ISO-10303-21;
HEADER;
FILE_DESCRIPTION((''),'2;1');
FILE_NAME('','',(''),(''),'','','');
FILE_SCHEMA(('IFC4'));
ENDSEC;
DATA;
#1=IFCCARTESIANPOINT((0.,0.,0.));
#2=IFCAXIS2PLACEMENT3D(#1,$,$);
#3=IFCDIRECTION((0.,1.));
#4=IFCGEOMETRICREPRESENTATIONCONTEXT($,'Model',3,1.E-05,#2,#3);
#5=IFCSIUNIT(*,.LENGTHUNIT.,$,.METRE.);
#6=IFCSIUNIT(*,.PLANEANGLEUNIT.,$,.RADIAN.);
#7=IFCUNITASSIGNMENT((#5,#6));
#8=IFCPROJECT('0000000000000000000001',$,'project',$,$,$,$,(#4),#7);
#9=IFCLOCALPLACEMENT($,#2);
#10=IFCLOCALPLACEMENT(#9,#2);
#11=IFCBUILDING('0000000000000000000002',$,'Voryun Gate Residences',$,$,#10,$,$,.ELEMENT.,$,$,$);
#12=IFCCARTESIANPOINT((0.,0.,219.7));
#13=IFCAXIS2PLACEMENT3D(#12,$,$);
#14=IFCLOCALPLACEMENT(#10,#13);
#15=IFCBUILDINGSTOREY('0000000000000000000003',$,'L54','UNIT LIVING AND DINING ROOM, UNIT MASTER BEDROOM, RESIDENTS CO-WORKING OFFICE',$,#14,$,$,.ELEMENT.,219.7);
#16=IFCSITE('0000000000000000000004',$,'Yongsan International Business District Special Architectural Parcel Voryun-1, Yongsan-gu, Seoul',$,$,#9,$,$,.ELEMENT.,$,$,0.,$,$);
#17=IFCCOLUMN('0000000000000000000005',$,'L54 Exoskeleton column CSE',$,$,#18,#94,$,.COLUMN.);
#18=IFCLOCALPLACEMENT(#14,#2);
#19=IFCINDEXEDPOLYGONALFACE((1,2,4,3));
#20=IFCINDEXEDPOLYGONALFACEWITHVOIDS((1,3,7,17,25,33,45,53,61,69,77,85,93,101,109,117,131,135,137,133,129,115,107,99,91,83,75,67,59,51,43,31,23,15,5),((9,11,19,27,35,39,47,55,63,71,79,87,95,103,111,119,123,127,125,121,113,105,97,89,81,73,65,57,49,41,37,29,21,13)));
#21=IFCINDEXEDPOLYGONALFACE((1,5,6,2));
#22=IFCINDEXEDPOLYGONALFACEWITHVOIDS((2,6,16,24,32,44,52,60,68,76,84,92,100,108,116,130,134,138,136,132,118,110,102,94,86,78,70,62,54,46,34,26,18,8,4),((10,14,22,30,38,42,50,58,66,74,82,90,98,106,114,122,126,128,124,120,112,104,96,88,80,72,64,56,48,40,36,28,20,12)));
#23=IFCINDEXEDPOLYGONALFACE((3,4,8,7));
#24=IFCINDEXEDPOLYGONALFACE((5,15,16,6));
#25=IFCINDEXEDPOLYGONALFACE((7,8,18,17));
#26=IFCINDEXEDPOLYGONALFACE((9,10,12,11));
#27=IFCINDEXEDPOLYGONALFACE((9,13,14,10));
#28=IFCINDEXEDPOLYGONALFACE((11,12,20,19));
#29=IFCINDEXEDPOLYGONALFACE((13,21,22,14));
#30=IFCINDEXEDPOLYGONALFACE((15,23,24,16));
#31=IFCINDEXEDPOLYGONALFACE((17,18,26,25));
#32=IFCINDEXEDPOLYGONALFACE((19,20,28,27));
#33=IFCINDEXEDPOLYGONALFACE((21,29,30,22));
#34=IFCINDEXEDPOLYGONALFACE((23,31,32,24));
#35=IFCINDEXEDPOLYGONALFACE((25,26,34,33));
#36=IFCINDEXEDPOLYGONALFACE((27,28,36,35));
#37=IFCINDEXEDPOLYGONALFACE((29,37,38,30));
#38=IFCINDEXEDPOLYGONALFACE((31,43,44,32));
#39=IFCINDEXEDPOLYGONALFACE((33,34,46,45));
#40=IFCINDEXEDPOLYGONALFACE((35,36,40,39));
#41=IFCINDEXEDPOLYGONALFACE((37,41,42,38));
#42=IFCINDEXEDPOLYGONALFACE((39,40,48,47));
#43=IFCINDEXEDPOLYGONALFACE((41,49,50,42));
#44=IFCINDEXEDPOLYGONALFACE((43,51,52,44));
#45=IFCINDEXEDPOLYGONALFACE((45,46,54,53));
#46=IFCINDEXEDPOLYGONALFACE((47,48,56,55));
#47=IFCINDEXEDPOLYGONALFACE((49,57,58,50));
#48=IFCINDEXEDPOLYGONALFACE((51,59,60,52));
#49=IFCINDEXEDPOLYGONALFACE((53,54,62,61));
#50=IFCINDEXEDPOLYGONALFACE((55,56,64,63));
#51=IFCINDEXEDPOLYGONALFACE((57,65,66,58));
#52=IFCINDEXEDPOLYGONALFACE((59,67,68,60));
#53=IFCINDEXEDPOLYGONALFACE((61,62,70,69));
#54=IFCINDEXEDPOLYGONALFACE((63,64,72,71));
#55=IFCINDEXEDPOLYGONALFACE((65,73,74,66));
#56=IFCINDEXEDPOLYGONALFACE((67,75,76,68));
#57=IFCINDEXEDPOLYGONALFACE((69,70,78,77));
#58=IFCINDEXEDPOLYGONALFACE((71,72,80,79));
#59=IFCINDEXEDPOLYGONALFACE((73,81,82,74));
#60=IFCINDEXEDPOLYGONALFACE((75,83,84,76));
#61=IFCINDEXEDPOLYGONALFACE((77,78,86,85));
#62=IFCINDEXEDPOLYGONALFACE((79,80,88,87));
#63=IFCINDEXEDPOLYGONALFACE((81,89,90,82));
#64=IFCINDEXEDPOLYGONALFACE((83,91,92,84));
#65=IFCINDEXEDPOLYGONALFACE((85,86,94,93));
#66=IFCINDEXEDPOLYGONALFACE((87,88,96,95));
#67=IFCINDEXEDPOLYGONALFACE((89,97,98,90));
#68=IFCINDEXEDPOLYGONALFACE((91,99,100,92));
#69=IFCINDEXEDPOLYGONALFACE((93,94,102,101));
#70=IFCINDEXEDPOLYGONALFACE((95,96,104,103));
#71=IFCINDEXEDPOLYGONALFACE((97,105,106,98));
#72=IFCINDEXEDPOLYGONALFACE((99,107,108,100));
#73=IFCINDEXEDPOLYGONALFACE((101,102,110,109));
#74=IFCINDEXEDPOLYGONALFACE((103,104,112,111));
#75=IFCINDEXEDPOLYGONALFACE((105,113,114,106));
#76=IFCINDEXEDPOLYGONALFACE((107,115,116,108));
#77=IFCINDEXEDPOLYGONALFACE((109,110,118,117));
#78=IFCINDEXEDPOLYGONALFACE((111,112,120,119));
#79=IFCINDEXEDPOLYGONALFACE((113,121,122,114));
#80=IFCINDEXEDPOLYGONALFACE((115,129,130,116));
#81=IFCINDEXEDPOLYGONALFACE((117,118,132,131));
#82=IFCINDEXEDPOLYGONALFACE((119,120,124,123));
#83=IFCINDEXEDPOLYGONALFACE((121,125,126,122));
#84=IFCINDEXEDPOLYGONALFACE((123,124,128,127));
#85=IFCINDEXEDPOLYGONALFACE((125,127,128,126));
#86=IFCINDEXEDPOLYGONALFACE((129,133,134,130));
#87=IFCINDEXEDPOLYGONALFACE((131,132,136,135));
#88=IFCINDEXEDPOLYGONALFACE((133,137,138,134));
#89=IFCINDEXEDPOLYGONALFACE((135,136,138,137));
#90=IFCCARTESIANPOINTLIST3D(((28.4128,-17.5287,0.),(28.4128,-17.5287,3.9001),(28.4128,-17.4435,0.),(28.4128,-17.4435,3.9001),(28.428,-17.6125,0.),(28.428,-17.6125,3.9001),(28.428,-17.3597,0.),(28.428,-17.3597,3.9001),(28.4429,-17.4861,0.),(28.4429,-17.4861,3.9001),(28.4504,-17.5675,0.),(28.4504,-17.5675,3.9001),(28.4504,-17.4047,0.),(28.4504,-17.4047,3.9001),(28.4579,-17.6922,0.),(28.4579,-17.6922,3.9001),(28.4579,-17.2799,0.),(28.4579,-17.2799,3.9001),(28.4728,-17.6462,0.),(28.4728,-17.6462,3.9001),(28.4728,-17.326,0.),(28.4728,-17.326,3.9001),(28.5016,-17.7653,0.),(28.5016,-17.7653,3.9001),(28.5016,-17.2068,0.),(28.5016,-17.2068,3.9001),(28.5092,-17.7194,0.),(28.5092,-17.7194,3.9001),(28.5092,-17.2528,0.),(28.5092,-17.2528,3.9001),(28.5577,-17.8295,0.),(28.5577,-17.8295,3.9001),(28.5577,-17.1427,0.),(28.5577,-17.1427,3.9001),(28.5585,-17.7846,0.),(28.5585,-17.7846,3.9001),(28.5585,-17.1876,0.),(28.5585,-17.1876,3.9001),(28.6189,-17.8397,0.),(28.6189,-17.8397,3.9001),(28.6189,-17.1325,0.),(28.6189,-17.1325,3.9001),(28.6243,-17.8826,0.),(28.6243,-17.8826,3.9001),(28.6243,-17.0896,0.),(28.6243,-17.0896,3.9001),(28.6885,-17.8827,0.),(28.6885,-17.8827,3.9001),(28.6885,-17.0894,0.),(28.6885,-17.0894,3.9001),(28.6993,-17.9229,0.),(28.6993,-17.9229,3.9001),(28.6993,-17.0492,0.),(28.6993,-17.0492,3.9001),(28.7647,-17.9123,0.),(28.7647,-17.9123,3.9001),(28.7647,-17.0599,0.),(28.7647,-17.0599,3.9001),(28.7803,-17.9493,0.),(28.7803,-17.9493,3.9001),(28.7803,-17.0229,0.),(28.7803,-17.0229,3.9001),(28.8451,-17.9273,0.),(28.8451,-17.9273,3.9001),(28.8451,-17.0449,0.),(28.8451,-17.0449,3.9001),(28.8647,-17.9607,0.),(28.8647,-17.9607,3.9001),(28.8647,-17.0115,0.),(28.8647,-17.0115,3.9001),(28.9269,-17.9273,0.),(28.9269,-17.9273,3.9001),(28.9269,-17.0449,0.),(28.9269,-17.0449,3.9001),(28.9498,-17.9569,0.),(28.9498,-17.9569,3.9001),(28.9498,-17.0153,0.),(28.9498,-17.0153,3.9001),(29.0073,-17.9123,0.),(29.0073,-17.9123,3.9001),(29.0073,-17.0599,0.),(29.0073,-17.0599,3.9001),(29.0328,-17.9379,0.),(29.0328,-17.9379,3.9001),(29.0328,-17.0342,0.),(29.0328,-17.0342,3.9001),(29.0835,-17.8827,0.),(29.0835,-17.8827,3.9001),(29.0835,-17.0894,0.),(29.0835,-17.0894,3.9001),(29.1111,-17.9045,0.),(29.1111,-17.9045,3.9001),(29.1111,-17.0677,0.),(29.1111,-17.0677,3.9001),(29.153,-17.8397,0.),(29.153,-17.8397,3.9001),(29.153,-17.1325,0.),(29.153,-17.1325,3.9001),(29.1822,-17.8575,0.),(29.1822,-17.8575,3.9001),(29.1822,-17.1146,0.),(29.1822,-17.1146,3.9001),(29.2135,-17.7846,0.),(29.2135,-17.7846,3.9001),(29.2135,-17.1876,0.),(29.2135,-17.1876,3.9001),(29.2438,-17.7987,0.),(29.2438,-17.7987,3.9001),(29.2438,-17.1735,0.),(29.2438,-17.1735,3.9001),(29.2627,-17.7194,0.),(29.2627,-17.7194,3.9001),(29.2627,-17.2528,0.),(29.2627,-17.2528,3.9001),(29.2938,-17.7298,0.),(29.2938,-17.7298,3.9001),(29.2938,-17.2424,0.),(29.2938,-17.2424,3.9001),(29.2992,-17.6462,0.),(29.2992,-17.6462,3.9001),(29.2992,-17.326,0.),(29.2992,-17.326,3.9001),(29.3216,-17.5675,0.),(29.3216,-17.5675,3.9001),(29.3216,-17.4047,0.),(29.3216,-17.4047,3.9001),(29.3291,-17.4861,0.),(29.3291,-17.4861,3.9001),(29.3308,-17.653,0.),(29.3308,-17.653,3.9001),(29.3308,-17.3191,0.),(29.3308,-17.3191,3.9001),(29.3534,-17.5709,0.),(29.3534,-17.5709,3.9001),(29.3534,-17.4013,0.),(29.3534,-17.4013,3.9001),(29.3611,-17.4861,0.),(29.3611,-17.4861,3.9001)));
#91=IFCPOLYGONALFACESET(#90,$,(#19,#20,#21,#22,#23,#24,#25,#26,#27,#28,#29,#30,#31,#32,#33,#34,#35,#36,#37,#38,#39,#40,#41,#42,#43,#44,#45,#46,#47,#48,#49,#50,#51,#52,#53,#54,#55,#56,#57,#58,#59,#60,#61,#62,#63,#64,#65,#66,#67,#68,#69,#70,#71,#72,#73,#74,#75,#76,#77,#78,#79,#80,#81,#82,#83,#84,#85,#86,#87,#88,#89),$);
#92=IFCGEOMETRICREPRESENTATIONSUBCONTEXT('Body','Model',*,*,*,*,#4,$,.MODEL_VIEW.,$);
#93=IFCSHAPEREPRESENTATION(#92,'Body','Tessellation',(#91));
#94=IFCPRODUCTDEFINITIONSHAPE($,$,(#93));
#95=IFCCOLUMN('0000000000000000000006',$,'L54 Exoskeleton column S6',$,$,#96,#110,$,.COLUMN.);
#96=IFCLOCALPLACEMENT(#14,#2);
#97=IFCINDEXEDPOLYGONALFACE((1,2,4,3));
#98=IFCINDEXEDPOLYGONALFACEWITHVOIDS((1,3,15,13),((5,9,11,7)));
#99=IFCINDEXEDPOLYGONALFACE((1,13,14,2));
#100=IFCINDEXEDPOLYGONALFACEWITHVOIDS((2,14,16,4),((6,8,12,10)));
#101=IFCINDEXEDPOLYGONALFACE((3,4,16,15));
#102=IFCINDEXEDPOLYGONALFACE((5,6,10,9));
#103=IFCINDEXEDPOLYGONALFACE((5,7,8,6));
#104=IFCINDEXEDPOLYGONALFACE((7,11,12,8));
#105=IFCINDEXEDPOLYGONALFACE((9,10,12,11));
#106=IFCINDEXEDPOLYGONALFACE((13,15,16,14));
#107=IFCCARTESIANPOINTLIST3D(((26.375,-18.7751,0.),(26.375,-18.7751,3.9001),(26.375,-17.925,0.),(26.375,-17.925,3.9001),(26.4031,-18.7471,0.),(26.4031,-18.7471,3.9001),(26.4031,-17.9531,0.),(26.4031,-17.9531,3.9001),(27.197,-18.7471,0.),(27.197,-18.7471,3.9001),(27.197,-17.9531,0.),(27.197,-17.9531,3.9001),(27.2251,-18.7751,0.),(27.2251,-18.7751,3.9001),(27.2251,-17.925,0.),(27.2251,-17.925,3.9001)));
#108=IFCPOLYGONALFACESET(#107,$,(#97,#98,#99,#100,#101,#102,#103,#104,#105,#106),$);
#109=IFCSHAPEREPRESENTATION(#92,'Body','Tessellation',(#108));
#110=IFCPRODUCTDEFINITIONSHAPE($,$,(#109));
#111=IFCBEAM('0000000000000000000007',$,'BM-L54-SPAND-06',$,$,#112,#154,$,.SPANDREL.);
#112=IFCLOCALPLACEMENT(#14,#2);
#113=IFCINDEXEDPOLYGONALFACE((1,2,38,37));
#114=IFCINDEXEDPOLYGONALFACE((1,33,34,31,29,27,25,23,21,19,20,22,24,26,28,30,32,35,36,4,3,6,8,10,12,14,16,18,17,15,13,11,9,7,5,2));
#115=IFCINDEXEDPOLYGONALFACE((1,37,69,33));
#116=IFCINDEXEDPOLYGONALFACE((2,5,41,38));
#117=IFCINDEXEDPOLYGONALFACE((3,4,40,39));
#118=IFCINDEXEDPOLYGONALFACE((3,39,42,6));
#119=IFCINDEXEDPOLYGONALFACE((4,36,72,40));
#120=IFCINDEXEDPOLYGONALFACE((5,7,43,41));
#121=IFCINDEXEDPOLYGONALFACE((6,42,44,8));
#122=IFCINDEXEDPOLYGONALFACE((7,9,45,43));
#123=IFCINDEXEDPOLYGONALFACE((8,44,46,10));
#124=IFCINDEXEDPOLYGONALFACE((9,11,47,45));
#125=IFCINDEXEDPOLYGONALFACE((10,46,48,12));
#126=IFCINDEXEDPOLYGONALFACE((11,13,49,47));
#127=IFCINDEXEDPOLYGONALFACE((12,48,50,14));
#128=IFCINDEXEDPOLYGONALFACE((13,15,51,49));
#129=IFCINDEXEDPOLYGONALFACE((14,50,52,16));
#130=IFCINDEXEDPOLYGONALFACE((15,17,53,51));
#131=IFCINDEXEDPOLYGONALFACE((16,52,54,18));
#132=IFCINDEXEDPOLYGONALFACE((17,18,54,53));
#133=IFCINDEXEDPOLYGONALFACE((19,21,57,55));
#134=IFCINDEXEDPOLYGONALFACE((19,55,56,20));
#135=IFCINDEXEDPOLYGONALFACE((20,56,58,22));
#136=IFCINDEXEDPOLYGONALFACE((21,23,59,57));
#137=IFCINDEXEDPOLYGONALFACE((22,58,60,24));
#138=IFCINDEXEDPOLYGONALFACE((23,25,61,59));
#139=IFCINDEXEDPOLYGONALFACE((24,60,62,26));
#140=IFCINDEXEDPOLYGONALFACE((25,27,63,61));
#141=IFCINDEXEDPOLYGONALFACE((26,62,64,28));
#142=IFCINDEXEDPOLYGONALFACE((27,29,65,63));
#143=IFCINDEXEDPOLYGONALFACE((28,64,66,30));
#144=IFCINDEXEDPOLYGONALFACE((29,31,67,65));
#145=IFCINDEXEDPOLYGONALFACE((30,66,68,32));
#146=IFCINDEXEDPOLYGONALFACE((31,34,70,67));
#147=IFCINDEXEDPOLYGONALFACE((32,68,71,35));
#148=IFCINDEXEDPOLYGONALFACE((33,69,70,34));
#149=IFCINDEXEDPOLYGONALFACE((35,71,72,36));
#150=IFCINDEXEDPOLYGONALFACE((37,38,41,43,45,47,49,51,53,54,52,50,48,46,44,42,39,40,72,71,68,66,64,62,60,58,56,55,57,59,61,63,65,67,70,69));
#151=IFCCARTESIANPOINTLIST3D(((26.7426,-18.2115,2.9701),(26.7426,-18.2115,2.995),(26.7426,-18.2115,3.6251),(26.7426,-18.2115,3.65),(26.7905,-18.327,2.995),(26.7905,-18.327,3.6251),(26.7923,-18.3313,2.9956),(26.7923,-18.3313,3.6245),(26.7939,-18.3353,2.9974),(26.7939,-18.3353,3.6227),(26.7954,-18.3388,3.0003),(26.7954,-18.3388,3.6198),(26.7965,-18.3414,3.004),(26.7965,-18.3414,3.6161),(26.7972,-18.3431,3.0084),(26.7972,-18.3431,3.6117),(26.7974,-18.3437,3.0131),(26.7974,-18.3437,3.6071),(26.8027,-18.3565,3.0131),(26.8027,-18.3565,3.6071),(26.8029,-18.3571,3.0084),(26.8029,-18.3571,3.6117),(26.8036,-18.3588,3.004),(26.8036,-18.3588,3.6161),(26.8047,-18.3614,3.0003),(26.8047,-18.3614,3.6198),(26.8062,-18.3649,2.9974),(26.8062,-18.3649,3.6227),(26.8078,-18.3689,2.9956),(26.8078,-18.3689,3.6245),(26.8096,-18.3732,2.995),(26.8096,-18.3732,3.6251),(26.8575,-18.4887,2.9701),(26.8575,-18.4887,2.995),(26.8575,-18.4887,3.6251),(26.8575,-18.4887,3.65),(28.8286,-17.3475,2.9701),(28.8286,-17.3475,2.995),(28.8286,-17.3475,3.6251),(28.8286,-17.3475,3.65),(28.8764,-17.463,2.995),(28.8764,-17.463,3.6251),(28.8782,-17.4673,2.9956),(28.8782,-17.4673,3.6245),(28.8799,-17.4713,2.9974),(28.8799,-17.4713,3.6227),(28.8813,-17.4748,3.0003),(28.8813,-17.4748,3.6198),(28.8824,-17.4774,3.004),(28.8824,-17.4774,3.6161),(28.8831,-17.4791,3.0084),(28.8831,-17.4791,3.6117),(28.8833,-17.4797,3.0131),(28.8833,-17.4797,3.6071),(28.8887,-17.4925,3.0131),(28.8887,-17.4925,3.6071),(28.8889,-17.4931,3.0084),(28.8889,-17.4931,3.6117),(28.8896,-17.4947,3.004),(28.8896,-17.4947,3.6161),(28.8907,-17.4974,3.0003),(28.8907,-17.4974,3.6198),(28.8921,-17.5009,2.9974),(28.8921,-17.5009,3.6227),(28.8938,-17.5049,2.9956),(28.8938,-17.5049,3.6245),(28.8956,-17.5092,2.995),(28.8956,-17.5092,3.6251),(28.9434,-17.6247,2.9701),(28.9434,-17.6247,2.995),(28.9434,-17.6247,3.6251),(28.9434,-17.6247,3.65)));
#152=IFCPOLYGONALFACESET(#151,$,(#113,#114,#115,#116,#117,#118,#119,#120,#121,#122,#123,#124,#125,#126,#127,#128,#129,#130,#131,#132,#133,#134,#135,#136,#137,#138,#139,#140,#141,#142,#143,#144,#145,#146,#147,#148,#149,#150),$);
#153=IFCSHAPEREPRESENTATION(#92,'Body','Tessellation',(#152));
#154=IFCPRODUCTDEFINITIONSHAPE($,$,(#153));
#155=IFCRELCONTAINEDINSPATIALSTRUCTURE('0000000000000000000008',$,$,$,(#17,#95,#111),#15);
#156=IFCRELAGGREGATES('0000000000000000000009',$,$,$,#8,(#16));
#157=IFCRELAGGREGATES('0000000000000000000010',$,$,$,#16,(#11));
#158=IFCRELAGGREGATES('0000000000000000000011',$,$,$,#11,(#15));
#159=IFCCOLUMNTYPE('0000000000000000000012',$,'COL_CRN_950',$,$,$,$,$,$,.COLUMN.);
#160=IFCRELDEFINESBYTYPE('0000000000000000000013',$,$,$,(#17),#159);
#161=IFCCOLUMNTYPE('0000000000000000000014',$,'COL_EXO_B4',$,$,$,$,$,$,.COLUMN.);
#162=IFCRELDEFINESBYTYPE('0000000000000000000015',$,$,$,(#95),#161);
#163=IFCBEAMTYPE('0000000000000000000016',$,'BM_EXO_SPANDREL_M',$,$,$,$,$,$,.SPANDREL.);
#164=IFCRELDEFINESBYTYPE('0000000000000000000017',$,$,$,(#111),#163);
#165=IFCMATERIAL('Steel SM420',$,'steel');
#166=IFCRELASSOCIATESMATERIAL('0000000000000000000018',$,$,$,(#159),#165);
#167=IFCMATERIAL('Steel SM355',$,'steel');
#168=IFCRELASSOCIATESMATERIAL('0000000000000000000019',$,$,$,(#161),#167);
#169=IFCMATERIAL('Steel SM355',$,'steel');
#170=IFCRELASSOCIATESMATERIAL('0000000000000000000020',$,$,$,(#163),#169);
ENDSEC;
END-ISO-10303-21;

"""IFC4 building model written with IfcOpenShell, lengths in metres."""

from ifc_helpers import new_model, si_unit, direction, frame, origin, origin_2d, place, context, subcontext, project, spatial, hollow_rectangle, hollow_circle, i_section, extrude, material, material_profile, profile_set, type_object, element, save


model = new_model("IFC4")

# Units and contexts
model_context = context("Model", 3, precision=1e-05, world=origin(), true_north=direction((0.0, 1.0)))
body_context = subcontext(model_context, "Body", "Model", "MODEL_VIEW")
ifc_project = project(units=[si_unit("LENGTHUNIT", "METRE"), si_unit("PLANEANGLEUNIT", "RADIAN")], contexts=[model_context])

# Site, building, storey
site_placement = place(None, origin())
site = spatial("IfcSite", under=ifc_project, at=site_placement, Name="Yongsan International Business District Special Architectural Parcel Voryun-1, Yongsan-gu, Seoul", CompositionType="ELEMENT", RefElevation=0.0)
building_placement = place(site_placement, origin())
building = spatial("IfcBuilding", under=site, at=building_placement, Name="Voryun Gate Residences", CompositionType="ELEMENT")
storey_placement = place(building_placement, frame((0.0, 0.0, 219.7)))
storey = spatial("IfcBuildingStorey", under=building, at=storey_placement, Name="L54", Description="UNIT LIVING AND DINING ROOM, UNIT MASTER BEDROOM, RESIDENTS CO-WORKING OFFICE", CompositionType="ELEMENT", Elevation=219.7)

# Columns
ifc_material_1 = material(Name="Steel SM420", Category="steel")
ifc_material_profile_1 = material_profile(ifc_material_1, hollow_circle(Radius=0.4751, WallThickness=0.032, at=origin_2d()), Name="CHS-950x32")
ifc_profile_set_1 = profile_set([ifc_material_profile_1], Name="Steel SM420")
column_type_1 = type_object("IfcColumnType", Name="COL_CRN_950", PredefinedType="COLUMN", material=ifc_profile_set_1)
column_1_placement = place(storey_placement, frame((28.886, -17.4861, 0.0), z_axis=(0.0, 0.0, 1.0), x_axis=(1.0, 0.0, 0.0)))
element("IfcColumn", 1, at=column_1_placement, inside=storey, type_object=column_type_1, Name="L54 Exoskeleton column CSE", PredefinedType="COLUMN", context=body_context, shape_type="SweptSolid", body=[
    extrude(hollow_circle(Radius=0.4751, WallThickness=0.032, at=origin_2d()), origin(), (0.0, 0.0, 1.0), 3.9001),
])
ifc_material_2 = material(Name="Steel SM355", Category="steel")
ifc_material_profile_2 = material_profile(ifc_material_2, hollow_rectangle(XDim=0.8501, YDim=0.8501, WallThickness=0.0281, at=origin_2d()), Name="BOX-850x850x28")
ifc_profile_set_2 = profile_set([ifc_material_profile_2], Name="Steel SM355")
column_type_2 = type_object("IfcColumnType", Name="COL_EXO_B4", PredefinedType="COLUMN", material=ifc_profile_set_2)
column_2_placement = place(storey_placement, frame((26.8, -18.3501, 0.0), z_axis=(0.0, 0.0, 1.0), x_axis=(1.0, 0.0, 0.0)))
element("IfcColumn", 2, at=column_2_placement, inside=storey, type_object=column_type_2, Name="L54 Exoskeleton column S6", PredefinedType="COLUMN", context=body_context, shape_type="SweptSolid", body=[
    extrude(hollow_rectangle(XDim=0.8501, YDim=0.8501, WallThickness=0.0281, at=origin_2d()), origin(), (0.0, 0.0, 1.0), 3.9001),
])

# Beam
ifc_material_3 = material(Name="Steel SM355", Category="steel")
ifc_material_profile_3 = material_profile(ifc_material_3, i_section(OverallWidth=0.3, OverallDepth=0.6799, WebThickness=0.0139, FlangeThickness=0.0249, FilletRadius=0.0181, at=origin_2d()), Name="H-680x300x14x25")
ifc_profile_set_3 = profile_set([ifc_material_profile_3], Name="Steel SM355")
beam_type = type_object("IfcBeamType", Name="BM_EXO_SPANDREL_M", PredefinedType="SPANDREL", material=ifc_profile_set_3)
beam_1_placement = place(storey_placement, frame((26.8, -18.3501, 3.3101), z_axis=(0.923881, 0.38268, 0.0), x_axis=(-0.38268, 0.923881, 0.0)))
element("IfcBeam", 3, at=beam_1_placement, inside=storey, type_object=beam_type, Name="BM-L54-SPAND-06", PredefinedType="SPANDREL", context=body_context, shape_type="SweptSolid", body=[
    extrude(i_section(OverallWidth=0.3, OverallDepth=0.6799, WebThickness=0.0139, FlangeThickness=0.0249, FilletRadius=0.0181, at=origin_2d()), origin(), (0.0, 0.0, 1.0), 2.2578),
])

save(model, "model.ifc")
